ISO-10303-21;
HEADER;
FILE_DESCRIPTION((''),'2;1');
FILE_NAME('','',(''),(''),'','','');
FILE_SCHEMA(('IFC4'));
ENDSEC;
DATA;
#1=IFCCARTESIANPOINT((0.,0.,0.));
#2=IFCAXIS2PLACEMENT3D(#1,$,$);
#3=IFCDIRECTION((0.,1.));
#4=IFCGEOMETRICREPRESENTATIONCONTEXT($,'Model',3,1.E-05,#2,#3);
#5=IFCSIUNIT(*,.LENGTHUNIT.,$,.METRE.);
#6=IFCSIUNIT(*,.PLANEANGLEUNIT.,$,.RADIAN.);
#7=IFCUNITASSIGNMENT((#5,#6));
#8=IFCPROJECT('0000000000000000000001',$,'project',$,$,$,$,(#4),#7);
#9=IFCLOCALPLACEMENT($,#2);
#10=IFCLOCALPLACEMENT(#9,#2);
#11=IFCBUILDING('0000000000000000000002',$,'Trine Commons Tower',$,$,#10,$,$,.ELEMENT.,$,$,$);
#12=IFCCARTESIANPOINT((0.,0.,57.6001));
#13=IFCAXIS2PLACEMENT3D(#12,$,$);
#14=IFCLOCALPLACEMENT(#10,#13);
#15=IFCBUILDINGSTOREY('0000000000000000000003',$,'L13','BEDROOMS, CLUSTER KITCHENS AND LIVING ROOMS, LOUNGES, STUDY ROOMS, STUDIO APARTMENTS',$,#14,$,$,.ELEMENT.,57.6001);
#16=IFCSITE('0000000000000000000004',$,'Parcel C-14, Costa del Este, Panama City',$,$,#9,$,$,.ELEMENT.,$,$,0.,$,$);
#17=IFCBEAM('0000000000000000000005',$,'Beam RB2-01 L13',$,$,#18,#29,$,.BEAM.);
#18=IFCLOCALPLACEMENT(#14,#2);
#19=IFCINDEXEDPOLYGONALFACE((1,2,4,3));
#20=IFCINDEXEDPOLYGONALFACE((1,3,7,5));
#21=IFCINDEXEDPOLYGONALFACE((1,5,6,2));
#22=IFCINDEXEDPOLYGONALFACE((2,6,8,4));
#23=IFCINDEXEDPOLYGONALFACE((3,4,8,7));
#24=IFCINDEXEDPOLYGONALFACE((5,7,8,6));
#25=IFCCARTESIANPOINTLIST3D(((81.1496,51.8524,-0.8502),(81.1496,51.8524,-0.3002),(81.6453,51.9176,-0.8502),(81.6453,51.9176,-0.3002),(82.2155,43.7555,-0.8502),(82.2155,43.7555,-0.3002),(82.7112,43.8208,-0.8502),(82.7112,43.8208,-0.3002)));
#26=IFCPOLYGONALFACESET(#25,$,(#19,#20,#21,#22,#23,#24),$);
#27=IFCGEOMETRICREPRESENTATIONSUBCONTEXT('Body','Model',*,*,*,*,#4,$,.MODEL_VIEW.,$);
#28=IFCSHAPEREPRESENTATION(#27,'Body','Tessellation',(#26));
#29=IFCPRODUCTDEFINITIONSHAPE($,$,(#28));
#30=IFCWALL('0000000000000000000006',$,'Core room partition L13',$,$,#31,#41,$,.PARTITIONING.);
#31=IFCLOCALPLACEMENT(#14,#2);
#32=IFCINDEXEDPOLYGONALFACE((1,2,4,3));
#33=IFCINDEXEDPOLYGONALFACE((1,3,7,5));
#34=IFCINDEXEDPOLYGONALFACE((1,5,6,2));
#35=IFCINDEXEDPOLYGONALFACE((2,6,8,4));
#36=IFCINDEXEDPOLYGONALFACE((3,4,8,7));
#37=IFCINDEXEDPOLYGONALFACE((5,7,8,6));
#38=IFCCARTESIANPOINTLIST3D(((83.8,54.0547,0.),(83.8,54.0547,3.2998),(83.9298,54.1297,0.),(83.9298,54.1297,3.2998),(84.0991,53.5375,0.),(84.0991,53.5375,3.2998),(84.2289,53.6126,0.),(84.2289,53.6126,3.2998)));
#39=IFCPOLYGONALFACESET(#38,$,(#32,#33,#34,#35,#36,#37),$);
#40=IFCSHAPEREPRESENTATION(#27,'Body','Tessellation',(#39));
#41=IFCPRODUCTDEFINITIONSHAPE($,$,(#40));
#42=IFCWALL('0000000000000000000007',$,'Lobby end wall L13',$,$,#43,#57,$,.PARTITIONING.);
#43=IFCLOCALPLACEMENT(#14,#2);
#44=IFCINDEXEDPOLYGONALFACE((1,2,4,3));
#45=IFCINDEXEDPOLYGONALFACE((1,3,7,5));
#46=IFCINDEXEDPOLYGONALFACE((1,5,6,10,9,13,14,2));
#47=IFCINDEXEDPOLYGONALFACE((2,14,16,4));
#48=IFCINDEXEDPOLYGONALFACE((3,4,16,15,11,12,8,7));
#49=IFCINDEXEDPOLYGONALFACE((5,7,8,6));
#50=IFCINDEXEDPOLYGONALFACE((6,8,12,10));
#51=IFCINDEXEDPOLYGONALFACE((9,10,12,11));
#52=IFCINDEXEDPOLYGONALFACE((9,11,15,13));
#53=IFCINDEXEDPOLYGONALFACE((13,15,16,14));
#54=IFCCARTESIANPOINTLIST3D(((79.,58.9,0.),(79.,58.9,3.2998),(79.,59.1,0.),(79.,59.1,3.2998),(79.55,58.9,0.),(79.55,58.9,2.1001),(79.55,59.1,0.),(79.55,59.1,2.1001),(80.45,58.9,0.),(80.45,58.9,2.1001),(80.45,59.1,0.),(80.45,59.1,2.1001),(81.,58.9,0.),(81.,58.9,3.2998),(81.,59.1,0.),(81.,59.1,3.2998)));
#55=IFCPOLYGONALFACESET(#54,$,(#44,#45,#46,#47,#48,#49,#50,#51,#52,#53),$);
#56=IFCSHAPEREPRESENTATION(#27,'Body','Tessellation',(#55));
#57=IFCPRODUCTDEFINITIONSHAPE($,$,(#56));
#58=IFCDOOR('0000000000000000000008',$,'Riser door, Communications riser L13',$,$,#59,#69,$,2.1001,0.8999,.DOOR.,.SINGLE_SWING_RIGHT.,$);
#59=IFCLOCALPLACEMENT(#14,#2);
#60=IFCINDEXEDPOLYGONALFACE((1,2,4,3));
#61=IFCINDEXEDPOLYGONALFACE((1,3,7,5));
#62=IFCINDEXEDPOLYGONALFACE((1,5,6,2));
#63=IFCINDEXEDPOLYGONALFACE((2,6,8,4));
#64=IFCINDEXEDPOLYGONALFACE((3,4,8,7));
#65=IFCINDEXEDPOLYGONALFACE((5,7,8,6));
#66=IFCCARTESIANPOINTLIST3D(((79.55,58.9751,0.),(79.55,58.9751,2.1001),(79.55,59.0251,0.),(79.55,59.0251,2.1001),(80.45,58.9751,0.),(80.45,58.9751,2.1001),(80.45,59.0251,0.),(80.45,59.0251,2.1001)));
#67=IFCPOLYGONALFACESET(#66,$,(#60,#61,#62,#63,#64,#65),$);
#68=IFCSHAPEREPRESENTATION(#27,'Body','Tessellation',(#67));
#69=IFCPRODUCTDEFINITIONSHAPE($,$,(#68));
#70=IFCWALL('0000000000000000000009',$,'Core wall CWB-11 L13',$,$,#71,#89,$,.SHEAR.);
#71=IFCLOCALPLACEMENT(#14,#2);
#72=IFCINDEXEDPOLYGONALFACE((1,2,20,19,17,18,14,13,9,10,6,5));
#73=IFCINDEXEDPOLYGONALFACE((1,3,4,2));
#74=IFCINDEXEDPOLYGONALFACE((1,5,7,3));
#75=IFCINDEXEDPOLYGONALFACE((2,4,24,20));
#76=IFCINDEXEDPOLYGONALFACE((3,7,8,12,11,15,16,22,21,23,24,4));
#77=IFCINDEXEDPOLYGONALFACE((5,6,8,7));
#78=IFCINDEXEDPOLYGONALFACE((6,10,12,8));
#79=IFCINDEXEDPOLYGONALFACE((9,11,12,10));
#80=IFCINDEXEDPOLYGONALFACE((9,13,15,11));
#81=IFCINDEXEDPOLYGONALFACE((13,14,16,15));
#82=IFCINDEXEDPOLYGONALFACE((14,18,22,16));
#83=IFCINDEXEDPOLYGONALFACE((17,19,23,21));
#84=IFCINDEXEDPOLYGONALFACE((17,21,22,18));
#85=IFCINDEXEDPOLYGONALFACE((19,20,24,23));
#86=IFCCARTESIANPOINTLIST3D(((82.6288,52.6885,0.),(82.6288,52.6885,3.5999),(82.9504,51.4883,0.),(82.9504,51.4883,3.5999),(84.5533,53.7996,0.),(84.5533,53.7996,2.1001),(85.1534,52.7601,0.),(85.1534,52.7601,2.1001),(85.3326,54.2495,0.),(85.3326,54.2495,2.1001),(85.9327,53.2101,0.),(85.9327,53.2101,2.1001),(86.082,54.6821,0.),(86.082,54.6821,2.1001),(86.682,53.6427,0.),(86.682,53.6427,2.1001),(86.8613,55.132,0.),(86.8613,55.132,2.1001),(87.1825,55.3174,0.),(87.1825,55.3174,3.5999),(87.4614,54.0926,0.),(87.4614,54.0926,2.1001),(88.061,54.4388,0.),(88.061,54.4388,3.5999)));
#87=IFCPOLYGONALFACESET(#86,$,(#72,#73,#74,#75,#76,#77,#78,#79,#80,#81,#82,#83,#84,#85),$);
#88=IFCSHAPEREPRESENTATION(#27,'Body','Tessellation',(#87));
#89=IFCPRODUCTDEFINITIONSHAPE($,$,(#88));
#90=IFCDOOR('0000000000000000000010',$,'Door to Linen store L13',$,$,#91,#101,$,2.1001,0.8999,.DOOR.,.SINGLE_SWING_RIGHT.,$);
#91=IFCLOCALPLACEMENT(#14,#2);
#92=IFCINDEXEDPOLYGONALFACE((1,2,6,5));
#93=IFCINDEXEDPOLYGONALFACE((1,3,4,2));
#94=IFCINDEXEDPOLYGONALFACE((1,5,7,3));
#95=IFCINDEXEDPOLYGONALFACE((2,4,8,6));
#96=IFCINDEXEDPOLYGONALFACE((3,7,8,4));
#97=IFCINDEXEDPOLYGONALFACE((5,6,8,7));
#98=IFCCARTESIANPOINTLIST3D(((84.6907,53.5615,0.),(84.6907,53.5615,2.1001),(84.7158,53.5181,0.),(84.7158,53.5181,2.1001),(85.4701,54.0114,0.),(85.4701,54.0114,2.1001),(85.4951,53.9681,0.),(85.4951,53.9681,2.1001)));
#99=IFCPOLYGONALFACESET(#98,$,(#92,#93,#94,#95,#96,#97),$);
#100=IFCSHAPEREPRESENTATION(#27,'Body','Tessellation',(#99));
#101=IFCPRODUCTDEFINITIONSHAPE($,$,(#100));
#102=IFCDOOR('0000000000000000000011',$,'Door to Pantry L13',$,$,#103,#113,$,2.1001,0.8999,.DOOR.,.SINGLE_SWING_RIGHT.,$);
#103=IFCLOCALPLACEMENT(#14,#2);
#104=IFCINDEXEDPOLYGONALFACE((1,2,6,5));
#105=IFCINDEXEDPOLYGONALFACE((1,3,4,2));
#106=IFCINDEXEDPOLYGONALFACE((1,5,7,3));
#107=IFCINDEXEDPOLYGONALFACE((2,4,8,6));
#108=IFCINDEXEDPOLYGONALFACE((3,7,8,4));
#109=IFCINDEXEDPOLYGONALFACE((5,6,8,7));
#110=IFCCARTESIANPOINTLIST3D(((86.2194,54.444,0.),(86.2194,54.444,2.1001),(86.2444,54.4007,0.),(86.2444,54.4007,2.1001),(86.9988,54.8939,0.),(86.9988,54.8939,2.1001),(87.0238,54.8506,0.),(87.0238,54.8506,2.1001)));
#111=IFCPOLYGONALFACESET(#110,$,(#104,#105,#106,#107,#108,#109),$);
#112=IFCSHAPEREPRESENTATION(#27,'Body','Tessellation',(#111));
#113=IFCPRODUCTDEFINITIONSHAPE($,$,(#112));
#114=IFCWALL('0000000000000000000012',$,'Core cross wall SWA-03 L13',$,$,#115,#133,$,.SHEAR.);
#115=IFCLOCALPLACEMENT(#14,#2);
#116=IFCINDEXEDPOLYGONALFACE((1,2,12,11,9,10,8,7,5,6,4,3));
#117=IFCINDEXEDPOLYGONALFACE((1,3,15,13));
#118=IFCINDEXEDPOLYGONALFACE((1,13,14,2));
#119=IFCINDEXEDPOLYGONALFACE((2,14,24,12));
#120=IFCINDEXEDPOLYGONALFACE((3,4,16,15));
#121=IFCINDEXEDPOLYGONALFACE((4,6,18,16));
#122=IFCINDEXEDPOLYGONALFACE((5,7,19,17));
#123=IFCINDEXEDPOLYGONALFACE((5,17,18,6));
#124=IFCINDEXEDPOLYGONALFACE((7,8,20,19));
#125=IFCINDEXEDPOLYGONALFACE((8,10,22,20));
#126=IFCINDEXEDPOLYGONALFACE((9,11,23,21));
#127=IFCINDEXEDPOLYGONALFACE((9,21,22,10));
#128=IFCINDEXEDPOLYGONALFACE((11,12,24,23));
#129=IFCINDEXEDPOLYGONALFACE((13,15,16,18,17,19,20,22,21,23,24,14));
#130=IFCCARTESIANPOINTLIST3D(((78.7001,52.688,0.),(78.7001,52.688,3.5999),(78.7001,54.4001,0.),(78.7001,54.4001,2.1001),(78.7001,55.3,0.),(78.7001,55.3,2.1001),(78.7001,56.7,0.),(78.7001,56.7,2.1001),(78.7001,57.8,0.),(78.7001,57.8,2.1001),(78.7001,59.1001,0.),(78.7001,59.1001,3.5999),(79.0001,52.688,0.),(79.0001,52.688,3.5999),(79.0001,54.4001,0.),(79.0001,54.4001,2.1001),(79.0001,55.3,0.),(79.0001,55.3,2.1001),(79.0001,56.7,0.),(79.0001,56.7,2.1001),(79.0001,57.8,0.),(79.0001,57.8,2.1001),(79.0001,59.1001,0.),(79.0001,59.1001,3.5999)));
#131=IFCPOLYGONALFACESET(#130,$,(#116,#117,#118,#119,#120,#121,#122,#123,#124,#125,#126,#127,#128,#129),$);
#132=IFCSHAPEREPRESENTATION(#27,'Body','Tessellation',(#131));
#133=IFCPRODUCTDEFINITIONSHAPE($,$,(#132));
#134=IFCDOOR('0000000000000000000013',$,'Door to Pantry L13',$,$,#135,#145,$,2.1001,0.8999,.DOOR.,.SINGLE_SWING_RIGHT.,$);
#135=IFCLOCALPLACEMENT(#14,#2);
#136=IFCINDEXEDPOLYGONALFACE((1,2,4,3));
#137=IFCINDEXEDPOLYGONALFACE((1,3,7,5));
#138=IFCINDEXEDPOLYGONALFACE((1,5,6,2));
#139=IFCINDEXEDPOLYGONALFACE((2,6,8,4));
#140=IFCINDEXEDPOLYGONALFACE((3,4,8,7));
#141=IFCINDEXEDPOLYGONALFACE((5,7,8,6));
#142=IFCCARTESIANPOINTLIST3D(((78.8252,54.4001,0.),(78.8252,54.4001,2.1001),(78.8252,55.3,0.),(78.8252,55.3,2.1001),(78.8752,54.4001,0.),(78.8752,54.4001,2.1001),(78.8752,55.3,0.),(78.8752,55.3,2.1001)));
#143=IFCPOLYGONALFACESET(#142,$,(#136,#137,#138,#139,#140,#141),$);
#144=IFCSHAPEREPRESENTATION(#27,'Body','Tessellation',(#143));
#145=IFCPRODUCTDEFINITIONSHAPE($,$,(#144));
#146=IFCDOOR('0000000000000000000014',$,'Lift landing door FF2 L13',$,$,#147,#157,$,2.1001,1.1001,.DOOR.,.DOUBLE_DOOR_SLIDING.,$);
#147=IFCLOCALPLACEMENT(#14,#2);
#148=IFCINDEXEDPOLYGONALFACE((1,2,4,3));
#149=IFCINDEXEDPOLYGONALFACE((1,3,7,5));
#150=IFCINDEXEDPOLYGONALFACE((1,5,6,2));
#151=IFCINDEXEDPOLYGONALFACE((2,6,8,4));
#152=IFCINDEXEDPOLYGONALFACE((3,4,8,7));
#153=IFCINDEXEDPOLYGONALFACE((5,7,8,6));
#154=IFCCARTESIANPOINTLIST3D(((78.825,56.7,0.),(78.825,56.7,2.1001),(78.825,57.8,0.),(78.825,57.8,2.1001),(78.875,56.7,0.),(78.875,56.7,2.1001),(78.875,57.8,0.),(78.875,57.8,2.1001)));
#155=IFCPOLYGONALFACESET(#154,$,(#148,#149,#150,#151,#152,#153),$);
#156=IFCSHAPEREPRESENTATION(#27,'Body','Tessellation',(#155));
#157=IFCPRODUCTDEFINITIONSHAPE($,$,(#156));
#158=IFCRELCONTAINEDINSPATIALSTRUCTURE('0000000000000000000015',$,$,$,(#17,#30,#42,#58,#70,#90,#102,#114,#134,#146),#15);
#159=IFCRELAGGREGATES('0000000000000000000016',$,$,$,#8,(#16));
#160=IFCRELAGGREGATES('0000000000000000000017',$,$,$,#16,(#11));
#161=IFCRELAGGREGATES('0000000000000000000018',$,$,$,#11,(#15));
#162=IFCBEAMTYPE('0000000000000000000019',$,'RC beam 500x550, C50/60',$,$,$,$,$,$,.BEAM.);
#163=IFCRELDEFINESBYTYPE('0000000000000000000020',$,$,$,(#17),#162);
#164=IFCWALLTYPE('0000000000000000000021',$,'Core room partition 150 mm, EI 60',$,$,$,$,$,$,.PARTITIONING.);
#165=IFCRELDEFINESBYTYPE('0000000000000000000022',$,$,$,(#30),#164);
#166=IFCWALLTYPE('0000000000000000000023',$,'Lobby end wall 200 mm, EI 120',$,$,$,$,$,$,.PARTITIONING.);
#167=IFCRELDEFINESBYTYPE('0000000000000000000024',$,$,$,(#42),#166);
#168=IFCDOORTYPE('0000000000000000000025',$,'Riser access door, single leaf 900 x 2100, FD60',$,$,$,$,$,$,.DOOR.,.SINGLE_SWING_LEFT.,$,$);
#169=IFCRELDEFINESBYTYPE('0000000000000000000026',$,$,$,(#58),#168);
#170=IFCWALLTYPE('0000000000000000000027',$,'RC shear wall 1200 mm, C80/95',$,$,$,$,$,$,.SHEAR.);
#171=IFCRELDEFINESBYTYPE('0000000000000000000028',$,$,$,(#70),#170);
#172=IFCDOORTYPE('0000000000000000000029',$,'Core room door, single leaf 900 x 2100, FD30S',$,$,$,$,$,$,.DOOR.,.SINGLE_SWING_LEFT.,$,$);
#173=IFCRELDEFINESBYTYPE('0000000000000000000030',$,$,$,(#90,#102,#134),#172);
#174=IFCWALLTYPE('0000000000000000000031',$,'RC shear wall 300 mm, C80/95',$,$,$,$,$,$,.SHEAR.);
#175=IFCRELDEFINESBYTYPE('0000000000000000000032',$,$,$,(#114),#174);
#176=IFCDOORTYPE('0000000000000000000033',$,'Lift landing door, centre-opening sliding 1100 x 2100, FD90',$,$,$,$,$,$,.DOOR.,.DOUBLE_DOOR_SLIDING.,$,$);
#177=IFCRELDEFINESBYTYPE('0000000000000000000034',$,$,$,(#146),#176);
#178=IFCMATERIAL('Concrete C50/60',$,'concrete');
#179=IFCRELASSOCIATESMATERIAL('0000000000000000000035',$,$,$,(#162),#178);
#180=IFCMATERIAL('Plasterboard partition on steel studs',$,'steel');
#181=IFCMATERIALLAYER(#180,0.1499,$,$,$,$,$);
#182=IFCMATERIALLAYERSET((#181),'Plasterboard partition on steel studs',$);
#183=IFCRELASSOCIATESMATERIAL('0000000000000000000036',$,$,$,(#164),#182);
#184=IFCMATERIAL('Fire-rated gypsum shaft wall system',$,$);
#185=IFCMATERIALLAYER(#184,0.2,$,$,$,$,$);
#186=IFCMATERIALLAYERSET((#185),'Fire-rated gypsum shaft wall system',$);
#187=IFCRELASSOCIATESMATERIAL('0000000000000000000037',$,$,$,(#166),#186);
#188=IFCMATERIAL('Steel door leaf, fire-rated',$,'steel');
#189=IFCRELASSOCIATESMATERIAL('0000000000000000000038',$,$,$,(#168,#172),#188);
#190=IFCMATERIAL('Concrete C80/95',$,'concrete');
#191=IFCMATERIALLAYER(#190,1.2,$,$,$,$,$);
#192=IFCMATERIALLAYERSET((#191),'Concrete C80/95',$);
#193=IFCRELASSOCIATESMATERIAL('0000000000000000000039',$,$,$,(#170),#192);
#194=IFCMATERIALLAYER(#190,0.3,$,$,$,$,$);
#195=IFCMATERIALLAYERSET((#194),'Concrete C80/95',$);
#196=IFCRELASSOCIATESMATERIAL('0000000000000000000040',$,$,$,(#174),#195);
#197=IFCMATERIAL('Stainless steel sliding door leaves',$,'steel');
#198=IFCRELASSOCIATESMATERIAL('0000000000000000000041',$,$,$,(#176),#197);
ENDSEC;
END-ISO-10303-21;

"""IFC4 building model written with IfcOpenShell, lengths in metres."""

from ifc_helpers import new_model, si_unit, direction, frame, frame_2d, origin, origin_2d, place, context, subcontext, project, spatial, polyline, rectangle, outline, extrude, material, layer, layer_set, material_profile, profile_set, type_object, element, fill, save


model = new_model("IFC4")

# Units and contexts
model_context = context("Model", 3, precision=1e-05, world=origin(), true_north=direction((0.0, 1.0)))
body_context = subcontext(model_context, "Body", "Model", "MODEL_VIEW")
ifc_project = project(units=[si_unit("LENGTHUNIT", "METRE"), si_unit("PLANEANGLEUNIT", "RADIAN")], contexts=[model_context])

# Site, building, storey
site_placement = place(None, origin())
site = spatial("IfcSite", under=ifc_project, at=site_placement, Name="Parcel C-14, Costa del Este, Panama City", CompositionType="ELEMENT", RefElevation=0.0)
building_placement = place(site_placement, origin())
building = spatial("IfcBuilding", under=site, at=building_placement, Name="Trine Commons Tower", CompositionType="ELEMENT")
storey_placement = place(building_placement, frame((0.0, 0.0, 57.6001)))
storey = spatial("IfcBuildingStorey", under=building, at=storey_placement, Name="L13", Description="BEDROOMS, CLUSTER KITCHENS AND LIVING ROOMS, LOUNGES, STUDY ROOMS, STUDIO APARTMENTS", CompositionType="ELEMENT", Elevation=57.6001)

# Beam
ifc_material_1 = material(Name="Concrete C50/60", Category="concrete")
ifc_material_profile = material_profile(ifc_material_1, rectangle(XDim=0.5, YDim=0.55, at=origin_2d()), Name="RC 500x550")
ifc_profile_set = profile_set([ifc_material_profile], Name="Concrete C50/60")
beam_type = type_object("IfcBeamType", Name="RC beam 500x550, C50/60", PredefinedType="BEAM", material=ifc_profile_set)
beam_placement = place(storey_placement, frame((81.3975, 51.885, -0.5752), z_axis=(0.130519, -0.991446, 0.0), x_axis=(0.991446, 0.130519, 0.0)))
element("IfcBeam", 1, at=beam_placement, inside=storey, type_object=beam_type, Name="Beam RB2-01 L13", PredefinedType="BEAM", context=body_context, shape_type="SweptSolid", body=[
    extrude(rectangle(XDim=0.5, YDim=0.55, at=origin_2d()), origin(), (0.0, 0.0, 1.0), 8.1667),
])

# Wall
ifc_material_2 = material(Name="Plasterboard partition on steel studs", Category="steel")
ifc_layer_1 = layer(ifc_material_2, 0.1499)
ifc_layer_set_1 = layer_set([ifc_layer_1], Name="Plasterboard partition on steel studs")
wall_type_1 = type_object("IfcWallType", Name="Core room partition 150 mm, EI 60", PredefinedType="PARTITIONING", material=ifc_layer_set_1)
wall_1_placement = place(storey_placement, frame((84.1641, 53.575, 0.0), z_axis=(0.0, 0.0, 1.0), x_axis=(-0.500666, 0.865641, 0.0)))
element("IfcWall", 2, at=wall_1_placement, inside=storey, type_object=wall_type_1, Name="Core room partition L13", PredefinedType="PARTITIONING", context=body_context, shape_type="SweptSolid", body=[
    extrude(rectangle(XDim=0.5974, YDim=0.1499, at=frame_2d((0.2988, 0.0))), origin(), (0.0, 0.0, 1.0), 3.2998),
])

# Wall, opening, door
ifc_material_3 = material(Name="Fire-rated gypsum shaft wall system")
ifc_layer_2 = layer(ifc_material_3, 0.2)
ifc_layer_set_2 = layer_set([ifc_layer_2], Name="Fire-rated gypsum shaft wall system")
wall_type_2 = type_object("IfcWallType", Name="Lobby end wall 200 mm, EI 120", PredefinedType="PARTITIONING", material=ifc_layer_set_2)
wall_2_placement = place(storey_placement, frame((79.0, 59.0, 0.0), z_axis=(0.0, 0.0, 1.0), x_axis=(1.0, 0.0, 0.0)))
wall_2 = element("IfcWall", 3, at=wall_2_placement, inside=storey, type_object=wall_type_2, Name="Lobby end wall L13", PredefinedType="PARTITIONING", context=body_context, shape_type="SweptSolid", body=[
    extrude(rectangle(XDim=2.0, YDim=0.2, at=frame_2d((1.0, 0.0))), origin(), (0.0, 0.0, 1.0), 3.2998),
])
opening_1_placement = place(wall_2_placement, frame((0.55, 0.0, 0.0)))
opening_1 = element("IfcOpeningElement", 4, at=opening_1_placement, cuts=wall_2, PredefinedType="OPENING", context=body_context, shape_type="SweptSolid", body=[
    extrude(rectangle(XDim=0.8999, YDim=2.1001, at=frame_2d((0.45, 1.05))), frame((0.0, 0.1099, 0.0), z_axis=(0.0, -1.0, 0.0), x_axis=(1.0, 0.0, 0.0)), (0.0, 0.0, 1.0), 0.22),
])
ifc_material_4 = material(Name="Steel door leaf, fire-rated", Category="steel")
door_type_1 = type_object("IfcDoorType", Name="Riser access door, single leaf 900 x 2100, FD60", OperationType="SINGLE_SWING_LEFT", PredefinedType="DOOR", material=ifc_material_4)
door_1_placement = place(opening_1_placement, frame((0.8999, 0.0, 0.0), z_axis=(0.0, 0.0, 1.0), x_axis=(-1.0, 0.0, 0.0)))
door_1 = element("IfcDoor", 5, at=door_1_placement, inside=storey, type_object=door_type_1, Name="Riser door, Communications riser L13", OperationType="SINGLE_SWING_RIGHT", OverallHeight=2.1001, OverallWidth=0.8999, PredefinedType="DOOR", context=body_context, shape_type="SweptSolid", body=[
    extrude(rectangle(XDim=0.8999, YDim=2.1001, at=frame_2d((0.45, 1.05))), frame((0.0, 0.0249, 0.0), z_axis=(0.0, -1.0, 0.0), x_axis=(1.0, 0.0, 0.0)), (0.0, 0.0, 1.0), 0.05),
])
fill(opening_1, door_1)

# Walls, openings, doors
ifc_material_5 = material(Name="Concrete C80/95", Category="concrete")
ifc_layer_3 = layer(ifc_material_5, 1.2)
ifc_layer_set_3 = layer_set([ifc_layer_3], Name="Concrete C80/95")
wall_type_3 = type_object("IfcWallType", Name="RC shear wall 1200 mm, C80/95", PredefinedType="SHEAR", material=ifc_layer_set_3)
wall_3_placement = place(storey_placement, frame((82.6504, 52.0081, 0.0), z_axis=(0.0, 0.0, 1.0), x_axis=(0.866037, 0.499979, 0.0)))
wall_3 = element("IfcWall", 6, at=wall_3_placement, inside=storey, type_object=wall_type_3, Name="Core wall CWB-11 L13", PredefinedType="SHEAR", context=body_context, shape_type="SweptSolid", body=[
    extrude(outline(polyline([(0.0, -0.6001), (5.9011, -0.6001), (5.5796, 0.6001), (0.3215, 0.6001), (0.0, -0.6001)])), origin(), (0.0, 0.0, 1.0), 3.5999),
])
opening_2_placement = place(wall_3_placement, frame((2.5437, 0.0, 0.0)))
opening_2 = element("IfcOpeningElement", 7, at=opening_2_placement, cuts=wall_3, PredefinedType="OPENING", context=body_context, shape_type="SweptSolid", body=[
    extrude(rectangle(XDim=0.8999, YDim=2.1001, at=frame_2d((0.45, 1.05))), frame((0.0, 0.6099, 0.0), z_axis=(0.0, -1.0, 0.0), x_axis=(1.0, 0.0, 0.0)), (0.0, 0.0, 1.0), 1.22),
])
opening_3_placement = place(wall_3_placement, frame((4.3088, 0.0, 0.0)))
opening_3 = element("IfcOpeningElement", 8, at=opening_3_placement, cuts=wall_3, PredefinedType="OPENING", context=body_context, shape_type="SweptSolid", body=[
    extrude(rectangle(XDim=0.8999, YDim=2.1001, at=frame_2d((0.45, 1.05))), frame((0.0, 0.6099, 0.0), z_axis=(0.0, -1.0, 0.0), x_axis=(1.0, 0.0, 0.0)), (0.0, 0.0, 1.0), 1.22),
])
door_type_2 = type_object("IfcDoorType", Name="Core room door, single leaf 900 x 2100, FD30S", OperationType="SINGLE_SWING_LEFT", PredefinedType="DOOR", material=ifc_material_4)
door_2_placement = place(opening_2_placement, origin())
door_2 = element("IfcDoor", 9, at=door_2_placement, inside=storey, type_object=door_type_2, Name="Door to Linen store L13", OperationType="SINGLE_SWING_RIGHT", OverallHeight=2.1001, OverallWidth=0.8999, PredefinedType="DOOR", context=body_context, shape_type="SweptSolid", body=[
    extrude(rectangle(XDim=0.8999, YDim=2.1001, at=frame_2d((0.45, 1.05))), frame((0.0, 0.3252, 0.0), z_axis=(0.0, -1.0, 0.0), x_axis=(1.0, 0.0, 0.0)), (0.0, 0.0, 1.0), 0.05),
])
fill(opening_2, door_2)
door_3_placement = place(opening_3_placement, origin())
door_3 = element("IfcDoor", 10, at=door_3_placement, inside=storey, type_object=door_type_2, Name="Door to Pantry L13", OperationType="SINGLE_SWING_RIGHT", OverallHeight=2.1001, OverallWidth=0.8999, PredefinedType="DOOR", context=body_context, shape_type="SweptSolid", body=[
    extrude(rectangle(XDim=0.8999, YDim=2.1001, at=frame_2d((0.45, 1.05))), frame((0.0, 0.3252, 0.0), z_axis=(0.0, -1.0, 0.0), x_axis=(1.0, 0.0, 0.0)), (0.0, 0.0, 1.0), 0.05),
])
fill(opening_3, door_3)
ifc_layer_4 = layer(ifc_material_5, 0.3)
ifc_layer_set_4 = layer_set([ifc_layer_4], Name="Concrete C80/95")
wall_type_4 = type_object("IfcWallType", Name="RC shear wall 300 mm, C80/95", PredefinedType="SHEAR", material=ifc_layer_set_4)
wall_4_placement = place(storey_placement, frame((78.8501, 59.1001, 0.0), z_axis=(0.0, 0.0, 1.0), x_axis=(0.0, -1.0, 0.0)))
wall_4 = element("IfcWall", 11, at=wall_4_placement, inside=storey, type_object=wall_type_4, Name="Core cross wall SWA-03 L13", PredefinedType="SHEAR", context=body_context, shape_type="SweptSolid", body=[
    extrude(rectangle(XDim=6.4121, YDim=0.3, at=frame_2d((3.2061, 0.0))), origin(), (0.0, 0.0, 1.0), 3.5999),
])
opening_4_placement = place(wall_4_placement, frame((3.8, 0.0, 0.0)))
opening_4 = element("IfcOpeningElement", 12, at=opening_4_placement, cuts=wall_4, PredefinedType="OPENING", context=body_context, shape_type="SweptSolid", body=[
    extrude(rectangle(XDim=0.8999, YDim=2.1001, at=frame_2d((0.45, 1.05))), frame((0.0, 0.1599, 0.0), z_axis=(0.0, -1.0, 0.0), x_axis=(1.0, 0.0, 0.0)), (0.0, 0.0, 1.0), 0.3201),
])
opening_5_placement = place(wall_4_placement, frame((1.3, 0.0, 0.0)))
opening_5 = element("IfcOpeningElement", 13, at=opening_5_placement, cuts=wall_4, PredefinedType="OPENING", context=body_context, shape_type="SweptSolid", body=[
    extrude(rectangle(XDim=1.1001, YDim=2.1001, at=frame_2d((0.55, 1.05))), frame((0.0, 0.1599, 0.0), z_axis=(0.0, -1.0, 0.0), x_axis=(1.0, 0.0, 0.0)), (0.0, 0.0, 1.0), 0.3201),
])
door_4_placement = place(opening_4_placement, frame((0.8999, 0.0, 0.0), z_axis=(0.0, 0.0, 1.0), x_axis=(-1.0, 0.0, 0.0)))
door_4 = element("IfcDoor", 14, at=door_4_placement, inside=storey, type_object=door_type_2, Name="Door to Pantry L13", OperationType="SINGLE_SWING_RIGHT", OverallHeight=2.1001, OverallWidth=0.8999, PredefinedType="DOOR", context=body_context, shape_type="SweptSolid", body=[
    extrude(rectangle(XDim=0.8999, YDim=2.1001, at=frame_2d((0.45, 1.05))), frame((0.0, 0.0249, 0.0), z_axis=(0.0, -1.0, 0.0), x_axis=(1.0, 0.0, 0.0)), (0.0, 0.0, 1.0), 0.05),
])
fill(opening_4, door_4)
ifc_material_6 = material(Name="Stainless steel sliding door leaves", Category="steel")
door_type_3 = type_object("IfcDoorType", Name="Lift landing door, centre-opening sliding 1100 x 2100, FD90", OperationType="DOUBLE_DOOR_SLIDING", PredefinedType="DOOR", material=ifc_material_6)
door_5_placement = place(opening_5_placement, origin())
door_5 = element("IfcDoor", 15, at=door_5_placement, inside=storey, type_object=door_type_3, Name="Lift landing door FF2 L13", OperationType="DOUBLE_DOOR_SLIDING", OverallHeight=2.1001, OverallWidth=1.1001, PredefinedType="DOOR", context=body_context, shape_type="SweptSolid", body=[
    extrude(rectangle(XDim=1.1001, YDim=2.1001, at=frame_2d((0.55, 1.05))), frame((0.0, 0.0249, 0.0), z_axis=(0.0, -1.0, 0.0), x_axis=(1.0, 0.0, 0.0)), (0.0, 0.0, 1.0), 0.05),
])
fill(opening_5, door_5)

save(model, "model.ifc")
